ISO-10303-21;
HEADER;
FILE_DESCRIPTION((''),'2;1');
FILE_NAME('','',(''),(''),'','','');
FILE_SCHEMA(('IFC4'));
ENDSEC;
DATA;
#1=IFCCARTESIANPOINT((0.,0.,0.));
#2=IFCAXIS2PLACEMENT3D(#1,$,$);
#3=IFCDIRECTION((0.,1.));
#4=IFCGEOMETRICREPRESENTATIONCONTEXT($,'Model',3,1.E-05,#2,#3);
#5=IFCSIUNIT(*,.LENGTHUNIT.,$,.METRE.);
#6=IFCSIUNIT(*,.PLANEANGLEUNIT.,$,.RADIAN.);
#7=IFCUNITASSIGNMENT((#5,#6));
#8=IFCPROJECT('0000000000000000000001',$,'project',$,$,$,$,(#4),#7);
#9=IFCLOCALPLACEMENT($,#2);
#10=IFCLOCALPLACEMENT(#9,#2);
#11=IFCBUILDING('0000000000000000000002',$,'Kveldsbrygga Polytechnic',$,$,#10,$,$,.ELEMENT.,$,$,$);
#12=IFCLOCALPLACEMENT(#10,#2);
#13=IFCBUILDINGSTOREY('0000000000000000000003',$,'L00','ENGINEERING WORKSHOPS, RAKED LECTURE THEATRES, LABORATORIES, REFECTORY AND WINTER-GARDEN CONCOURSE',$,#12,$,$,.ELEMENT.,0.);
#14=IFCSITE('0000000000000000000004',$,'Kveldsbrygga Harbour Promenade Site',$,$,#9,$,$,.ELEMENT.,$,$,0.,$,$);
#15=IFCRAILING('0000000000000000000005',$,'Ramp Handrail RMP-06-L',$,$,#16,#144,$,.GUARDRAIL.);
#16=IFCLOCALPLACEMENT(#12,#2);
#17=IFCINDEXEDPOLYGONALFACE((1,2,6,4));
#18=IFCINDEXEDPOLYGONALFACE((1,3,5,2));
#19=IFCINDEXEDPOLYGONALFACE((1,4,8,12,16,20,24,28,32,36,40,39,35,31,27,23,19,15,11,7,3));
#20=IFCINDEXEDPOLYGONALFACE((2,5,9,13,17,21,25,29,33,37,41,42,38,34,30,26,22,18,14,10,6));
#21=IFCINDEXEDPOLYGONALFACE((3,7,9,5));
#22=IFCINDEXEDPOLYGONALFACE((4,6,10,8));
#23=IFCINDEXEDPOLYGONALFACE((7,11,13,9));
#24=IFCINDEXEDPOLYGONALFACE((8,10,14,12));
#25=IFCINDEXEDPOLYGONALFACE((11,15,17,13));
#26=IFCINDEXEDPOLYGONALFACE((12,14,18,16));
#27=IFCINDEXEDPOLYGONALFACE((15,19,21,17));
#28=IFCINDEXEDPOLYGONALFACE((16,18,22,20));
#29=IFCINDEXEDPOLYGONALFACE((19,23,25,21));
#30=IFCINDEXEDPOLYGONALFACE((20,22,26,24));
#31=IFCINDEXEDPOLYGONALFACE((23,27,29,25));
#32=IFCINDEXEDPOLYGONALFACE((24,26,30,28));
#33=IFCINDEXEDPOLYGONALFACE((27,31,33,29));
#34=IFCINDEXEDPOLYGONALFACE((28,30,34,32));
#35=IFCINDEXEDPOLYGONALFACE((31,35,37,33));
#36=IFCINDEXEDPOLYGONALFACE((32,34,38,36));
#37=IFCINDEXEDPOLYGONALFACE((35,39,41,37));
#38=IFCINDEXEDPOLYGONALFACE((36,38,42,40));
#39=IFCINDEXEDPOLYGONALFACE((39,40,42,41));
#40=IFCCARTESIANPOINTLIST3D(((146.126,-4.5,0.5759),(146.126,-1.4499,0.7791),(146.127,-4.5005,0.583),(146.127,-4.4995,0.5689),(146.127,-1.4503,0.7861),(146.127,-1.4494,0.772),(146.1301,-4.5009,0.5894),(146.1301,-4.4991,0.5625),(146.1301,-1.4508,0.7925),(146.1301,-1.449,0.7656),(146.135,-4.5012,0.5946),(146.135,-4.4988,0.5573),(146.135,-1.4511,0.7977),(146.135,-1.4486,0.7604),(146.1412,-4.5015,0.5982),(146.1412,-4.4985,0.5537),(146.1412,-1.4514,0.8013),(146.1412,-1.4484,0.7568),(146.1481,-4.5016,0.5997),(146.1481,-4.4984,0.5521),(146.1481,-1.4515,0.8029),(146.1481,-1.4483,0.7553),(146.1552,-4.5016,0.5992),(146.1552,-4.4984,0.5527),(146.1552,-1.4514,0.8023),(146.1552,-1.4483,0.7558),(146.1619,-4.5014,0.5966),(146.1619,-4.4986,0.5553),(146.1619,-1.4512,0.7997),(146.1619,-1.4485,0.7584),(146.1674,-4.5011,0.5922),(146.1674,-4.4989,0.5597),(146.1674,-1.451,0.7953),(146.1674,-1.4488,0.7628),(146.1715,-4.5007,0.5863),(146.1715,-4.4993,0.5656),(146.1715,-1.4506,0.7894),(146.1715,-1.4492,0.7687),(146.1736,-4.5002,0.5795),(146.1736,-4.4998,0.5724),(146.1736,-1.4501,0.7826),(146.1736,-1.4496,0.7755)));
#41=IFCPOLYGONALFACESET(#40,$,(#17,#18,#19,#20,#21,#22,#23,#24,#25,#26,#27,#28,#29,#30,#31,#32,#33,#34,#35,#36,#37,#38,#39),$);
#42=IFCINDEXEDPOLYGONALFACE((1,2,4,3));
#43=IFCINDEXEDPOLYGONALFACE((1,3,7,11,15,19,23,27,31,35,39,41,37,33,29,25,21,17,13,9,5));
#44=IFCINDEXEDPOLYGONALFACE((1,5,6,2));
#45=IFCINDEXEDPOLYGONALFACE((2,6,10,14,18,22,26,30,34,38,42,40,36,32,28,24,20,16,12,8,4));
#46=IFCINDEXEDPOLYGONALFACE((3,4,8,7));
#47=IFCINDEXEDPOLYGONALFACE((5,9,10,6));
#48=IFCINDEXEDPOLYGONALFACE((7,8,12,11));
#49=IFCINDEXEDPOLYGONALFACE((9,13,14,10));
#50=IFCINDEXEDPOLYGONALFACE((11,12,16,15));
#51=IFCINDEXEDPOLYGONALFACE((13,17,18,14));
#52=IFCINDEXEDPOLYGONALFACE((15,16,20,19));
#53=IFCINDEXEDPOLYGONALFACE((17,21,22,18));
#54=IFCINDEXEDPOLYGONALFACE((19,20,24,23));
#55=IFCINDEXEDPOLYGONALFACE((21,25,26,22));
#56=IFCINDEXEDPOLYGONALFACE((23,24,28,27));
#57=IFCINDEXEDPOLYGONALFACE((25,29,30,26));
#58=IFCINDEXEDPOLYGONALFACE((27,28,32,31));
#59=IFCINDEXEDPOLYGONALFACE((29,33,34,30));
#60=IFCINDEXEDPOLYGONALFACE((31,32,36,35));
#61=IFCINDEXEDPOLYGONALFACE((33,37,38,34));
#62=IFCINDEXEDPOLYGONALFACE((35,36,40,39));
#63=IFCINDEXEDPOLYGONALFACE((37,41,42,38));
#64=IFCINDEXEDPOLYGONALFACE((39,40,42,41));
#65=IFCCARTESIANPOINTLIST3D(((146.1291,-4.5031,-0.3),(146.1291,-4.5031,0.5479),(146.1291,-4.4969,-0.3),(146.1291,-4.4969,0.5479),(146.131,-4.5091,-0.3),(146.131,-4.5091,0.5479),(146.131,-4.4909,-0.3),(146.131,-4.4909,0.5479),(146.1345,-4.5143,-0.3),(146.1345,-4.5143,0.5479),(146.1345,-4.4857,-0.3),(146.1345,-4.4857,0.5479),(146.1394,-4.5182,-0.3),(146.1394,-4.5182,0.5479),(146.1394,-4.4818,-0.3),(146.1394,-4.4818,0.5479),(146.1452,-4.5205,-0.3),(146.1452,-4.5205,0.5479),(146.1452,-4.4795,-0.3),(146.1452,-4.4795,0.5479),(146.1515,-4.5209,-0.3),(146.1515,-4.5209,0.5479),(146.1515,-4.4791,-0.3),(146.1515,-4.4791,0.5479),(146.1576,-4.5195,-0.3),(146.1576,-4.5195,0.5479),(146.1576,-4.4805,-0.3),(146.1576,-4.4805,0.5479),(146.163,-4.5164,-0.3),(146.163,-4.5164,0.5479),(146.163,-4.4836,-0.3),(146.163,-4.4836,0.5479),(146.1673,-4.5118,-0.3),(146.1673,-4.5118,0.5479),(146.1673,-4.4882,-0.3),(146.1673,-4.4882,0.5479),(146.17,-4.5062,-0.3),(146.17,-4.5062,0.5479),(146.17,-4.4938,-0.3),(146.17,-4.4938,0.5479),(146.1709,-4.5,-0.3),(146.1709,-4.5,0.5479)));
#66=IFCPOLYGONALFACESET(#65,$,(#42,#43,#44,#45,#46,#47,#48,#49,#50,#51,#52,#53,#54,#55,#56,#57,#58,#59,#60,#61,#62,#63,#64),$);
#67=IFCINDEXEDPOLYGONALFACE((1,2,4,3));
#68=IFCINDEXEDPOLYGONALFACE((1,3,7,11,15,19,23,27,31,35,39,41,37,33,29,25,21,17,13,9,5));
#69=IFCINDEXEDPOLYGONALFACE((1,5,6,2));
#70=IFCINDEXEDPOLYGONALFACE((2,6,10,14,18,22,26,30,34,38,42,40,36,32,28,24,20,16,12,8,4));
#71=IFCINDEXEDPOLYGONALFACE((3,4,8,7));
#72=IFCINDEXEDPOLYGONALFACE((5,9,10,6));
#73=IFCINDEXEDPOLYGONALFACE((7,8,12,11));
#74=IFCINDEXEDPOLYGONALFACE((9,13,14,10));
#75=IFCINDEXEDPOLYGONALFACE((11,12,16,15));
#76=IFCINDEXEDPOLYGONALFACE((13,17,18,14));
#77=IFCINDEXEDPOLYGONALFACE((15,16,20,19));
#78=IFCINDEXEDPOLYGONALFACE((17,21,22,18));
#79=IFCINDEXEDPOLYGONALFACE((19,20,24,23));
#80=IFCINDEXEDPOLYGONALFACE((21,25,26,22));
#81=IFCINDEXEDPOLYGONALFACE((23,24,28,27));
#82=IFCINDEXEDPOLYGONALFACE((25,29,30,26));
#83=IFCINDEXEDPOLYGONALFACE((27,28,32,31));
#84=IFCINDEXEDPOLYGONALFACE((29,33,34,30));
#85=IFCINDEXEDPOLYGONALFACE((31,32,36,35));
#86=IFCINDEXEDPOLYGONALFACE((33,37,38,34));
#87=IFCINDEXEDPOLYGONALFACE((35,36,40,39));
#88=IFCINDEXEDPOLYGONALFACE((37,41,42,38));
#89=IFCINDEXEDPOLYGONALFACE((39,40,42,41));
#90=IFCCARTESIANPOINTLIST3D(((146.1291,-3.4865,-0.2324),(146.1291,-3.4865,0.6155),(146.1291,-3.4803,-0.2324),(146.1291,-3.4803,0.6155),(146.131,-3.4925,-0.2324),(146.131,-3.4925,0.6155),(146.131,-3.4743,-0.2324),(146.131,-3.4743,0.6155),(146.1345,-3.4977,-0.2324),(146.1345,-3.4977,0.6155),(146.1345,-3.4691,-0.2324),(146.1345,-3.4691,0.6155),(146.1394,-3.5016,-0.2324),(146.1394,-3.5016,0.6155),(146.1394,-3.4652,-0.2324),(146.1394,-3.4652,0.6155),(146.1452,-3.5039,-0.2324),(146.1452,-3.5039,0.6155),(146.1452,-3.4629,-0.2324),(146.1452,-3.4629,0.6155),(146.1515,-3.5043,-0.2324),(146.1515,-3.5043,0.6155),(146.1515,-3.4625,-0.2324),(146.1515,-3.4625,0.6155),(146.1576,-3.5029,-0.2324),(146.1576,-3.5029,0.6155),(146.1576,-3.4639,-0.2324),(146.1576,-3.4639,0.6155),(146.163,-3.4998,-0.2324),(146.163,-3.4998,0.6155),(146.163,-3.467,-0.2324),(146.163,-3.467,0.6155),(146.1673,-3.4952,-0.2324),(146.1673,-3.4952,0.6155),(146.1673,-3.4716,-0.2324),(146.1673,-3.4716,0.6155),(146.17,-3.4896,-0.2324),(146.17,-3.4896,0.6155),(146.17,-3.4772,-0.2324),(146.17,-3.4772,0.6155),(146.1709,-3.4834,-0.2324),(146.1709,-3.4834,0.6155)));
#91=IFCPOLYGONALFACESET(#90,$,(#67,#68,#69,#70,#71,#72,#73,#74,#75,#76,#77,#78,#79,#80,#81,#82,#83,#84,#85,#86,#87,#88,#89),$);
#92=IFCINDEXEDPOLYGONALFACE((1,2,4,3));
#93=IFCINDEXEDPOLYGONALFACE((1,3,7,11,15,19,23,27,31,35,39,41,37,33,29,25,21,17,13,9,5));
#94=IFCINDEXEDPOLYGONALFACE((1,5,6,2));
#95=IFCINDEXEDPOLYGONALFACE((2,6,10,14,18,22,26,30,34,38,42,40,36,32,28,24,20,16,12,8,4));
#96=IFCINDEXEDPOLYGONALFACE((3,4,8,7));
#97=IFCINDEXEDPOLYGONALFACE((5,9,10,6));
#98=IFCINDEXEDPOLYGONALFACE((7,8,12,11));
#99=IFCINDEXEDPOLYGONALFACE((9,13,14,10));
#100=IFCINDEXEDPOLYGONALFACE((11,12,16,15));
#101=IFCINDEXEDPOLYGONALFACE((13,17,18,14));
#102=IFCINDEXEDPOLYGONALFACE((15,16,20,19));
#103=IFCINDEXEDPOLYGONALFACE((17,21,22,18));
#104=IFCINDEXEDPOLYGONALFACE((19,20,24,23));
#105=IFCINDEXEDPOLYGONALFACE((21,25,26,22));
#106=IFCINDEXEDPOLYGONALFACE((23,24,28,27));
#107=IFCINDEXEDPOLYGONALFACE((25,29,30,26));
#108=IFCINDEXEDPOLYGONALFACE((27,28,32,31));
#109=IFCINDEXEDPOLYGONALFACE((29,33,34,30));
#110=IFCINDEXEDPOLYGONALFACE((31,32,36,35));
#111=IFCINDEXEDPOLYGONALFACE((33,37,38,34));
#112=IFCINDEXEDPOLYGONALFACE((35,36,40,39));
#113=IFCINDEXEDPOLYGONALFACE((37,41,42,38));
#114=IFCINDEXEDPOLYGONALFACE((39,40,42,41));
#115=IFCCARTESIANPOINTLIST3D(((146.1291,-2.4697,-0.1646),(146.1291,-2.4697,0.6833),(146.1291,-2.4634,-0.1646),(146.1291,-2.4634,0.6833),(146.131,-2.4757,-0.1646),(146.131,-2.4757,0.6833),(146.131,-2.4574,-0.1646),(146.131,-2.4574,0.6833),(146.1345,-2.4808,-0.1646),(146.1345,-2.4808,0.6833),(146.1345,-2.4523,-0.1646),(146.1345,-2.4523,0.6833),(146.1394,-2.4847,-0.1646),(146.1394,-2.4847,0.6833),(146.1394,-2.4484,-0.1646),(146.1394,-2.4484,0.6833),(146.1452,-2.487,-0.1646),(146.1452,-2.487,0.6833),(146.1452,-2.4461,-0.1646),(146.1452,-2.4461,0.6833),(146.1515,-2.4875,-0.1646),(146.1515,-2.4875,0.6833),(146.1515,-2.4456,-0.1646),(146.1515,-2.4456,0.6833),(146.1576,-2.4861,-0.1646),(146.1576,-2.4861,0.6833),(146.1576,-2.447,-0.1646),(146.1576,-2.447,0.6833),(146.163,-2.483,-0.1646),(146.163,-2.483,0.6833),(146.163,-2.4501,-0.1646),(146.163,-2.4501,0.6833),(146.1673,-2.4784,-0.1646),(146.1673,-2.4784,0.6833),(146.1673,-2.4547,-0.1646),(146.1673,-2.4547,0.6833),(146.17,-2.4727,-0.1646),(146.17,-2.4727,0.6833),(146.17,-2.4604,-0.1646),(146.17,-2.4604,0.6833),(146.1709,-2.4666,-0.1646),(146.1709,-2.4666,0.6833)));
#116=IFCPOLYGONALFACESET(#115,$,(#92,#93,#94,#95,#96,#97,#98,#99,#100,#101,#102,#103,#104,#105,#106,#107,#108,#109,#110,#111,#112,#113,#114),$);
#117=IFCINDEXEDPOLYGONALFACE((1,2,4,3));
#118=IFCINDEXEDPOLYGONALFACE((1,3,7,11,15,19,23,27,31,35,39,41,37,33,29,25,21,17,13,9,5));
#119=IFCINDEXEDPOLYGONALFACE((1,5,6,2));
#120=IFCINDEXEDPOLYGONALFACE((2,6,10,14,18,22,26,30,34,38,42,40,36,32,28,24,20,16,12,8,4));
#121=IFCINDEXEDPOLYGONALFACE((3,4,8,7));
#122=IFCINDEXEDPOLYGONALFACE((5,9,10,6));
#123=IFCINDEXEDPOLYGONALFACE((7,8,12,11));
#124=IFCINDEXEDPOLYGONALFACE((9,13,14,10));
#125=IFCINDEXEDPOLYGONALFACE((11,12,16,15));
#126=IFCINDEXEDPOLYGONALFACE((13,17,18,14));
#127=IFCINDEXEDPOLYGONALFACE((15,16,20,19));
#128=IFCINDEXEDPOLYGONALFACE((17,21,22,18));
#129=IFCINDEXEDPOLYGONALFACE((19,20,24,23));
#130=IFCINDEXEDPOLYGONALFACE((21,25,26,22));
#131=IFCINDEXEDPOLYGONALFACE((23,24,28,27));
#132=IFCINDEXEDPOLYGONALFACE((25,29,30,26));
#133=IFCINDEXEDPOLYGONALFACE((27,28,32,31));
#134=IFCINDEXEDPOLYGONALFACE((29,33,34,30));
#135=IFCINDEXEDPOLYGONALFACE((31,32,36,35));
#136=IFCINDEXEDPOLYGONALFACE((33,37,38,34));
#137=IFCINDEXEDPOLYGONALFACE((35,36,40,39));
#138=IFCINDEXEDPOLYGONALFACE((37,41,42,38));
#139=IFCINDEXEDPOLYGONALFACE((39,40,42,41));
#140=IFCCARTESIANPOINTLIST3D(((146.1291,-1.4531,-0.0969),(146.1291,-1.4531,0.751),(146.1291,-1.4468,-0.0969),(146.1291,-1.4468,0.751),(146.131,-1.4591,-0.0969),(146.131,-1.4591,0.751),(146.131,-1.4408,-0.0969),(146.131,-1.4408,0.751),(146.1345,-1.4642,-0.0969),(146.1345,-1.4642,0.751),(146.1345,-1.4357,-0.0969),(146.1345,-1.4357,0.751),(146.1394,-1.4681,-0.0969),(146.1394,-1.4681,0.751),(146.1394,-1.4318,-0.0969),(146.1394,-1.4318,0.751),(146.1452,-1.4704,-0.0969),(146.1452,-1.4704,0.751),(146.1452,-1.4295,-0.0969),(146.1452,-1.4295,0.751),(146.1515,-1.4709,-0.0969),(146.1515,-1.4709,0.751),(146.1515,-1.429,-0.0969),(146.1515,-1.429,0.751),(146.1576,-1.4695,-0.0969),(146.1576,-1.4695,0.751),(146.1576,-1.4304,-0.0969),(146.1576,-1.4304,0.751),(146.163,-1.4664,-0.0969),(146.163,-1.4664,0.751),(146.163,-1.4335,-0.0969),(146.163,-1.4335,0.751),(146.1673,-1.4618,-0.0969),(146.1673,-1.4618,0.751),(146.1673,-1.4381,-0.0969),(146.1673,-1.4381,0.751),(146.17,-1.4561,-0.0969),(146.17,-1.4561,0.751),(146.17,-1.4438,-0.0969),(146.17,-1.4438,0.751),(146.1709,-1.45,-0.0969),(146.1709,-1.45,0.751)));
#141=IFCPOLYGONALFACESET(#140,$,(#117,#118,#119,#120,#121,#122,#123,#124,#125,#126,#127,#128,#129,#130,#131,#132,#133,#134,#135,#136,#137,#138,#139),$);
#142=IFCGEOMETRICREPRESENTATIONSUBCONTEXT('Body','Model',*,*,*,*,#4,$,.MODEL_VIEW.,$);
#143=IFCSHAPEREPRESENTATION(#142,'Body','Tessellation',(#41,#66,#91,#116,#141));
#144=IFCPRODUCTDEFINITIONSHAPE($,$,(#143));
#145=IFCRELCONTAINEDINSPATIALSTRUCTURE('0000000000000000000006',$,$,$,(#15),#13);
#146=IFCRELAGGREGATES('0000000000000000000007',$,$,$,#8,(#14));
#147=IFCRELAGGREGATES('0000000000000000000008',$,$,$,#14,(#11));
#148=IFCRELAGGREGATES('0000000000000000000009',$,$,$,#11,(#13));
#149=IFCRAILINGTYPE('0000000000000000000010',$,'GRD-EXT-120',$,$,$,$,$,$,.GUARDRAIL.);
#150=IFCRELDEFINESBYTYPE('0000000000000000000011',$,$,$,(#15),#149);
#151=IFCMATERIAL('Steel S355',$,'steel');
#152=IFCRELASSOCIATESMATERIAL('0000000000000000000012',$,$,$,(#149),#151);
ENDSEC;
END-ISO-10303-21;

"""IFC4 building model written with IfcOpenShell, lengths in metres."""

from ifc_helpers import new_model, si_unit, direction, frame, origin, origin_2d, place, context, subcontext, project, spatial, circle, extrude, material, type_object, element, save


model = new_model("IFC4")

# Units and contexts
model_context = context("Model", 3, precision=1e-05, world=origin(), true_north=direction((0.0, 1.0)))
body_context = subcontext(model_context, "Body", "Model", "MODEL_VIEW")
ifc_project = project(units=[si_unit("LENGTHUNIT", "METRE"), si_unit("PLANEANGLEUNIT", "RADIAN")], contexts=[model_context])

# Site, building, storey
site_placement = place(None, origin())
site = spatial("IfcSite", under=ifc_project, at=site_placement, Name="Kveldsbrygga Harbour Promenade Site", CompositionType="ELEMENT", RefElevation=0.0)
building_placement = place(site_placement, origin())
building = spatial("IfcBuilding", under=site, at=building_placement, Name="Kveldsbrygga Polytechnic", CompositionType="ELEMENT")
storey_placement = place(building_placement, origin())
storey = spatial("IfcBuildingStorey", under=building, at=storey_placement, Name="L00", Description="ENGINEERING WORKSHOPS, RAKED LECTURE THEATRES, LABORATORIES, REFECTORY AND WINTER-GARDEN CONCOURSE", CompositionType="ELEMENT", Elevation=0.0)

# Shared definitions
ifc_material_1 = material(Name="Steel S355", Category="steel")

# Railing
railing_type = type_object("IfcRailingType", Name="GRD-EXT-120", PredefinedType="GUARDRAIL", material=ifc_material_1)
for number, where, name in (
    (1, (146.1499, -4.5, -0.3), "Ramp Handrail RMP-06-L"),
):
    element("IfcRailing", number, at=place(storey_placement, frame(where)), inside=storey, type_object=railing_type, Name=name, PredefinedType="GUARDRAIL", context=body_context, shape_type="SweptSolid", body=[
        extrude(circle(Radius=0.0239, at=origin_2d()), frame((0.0, 0.0, 0.876), z_axis=(0.0, 0.99779, 0.06645), x_axis=(-1.0, 0.0, 0.0)), (0.0, 0.0, 1.0), 3.0569),
        extrude(circle(Radius=0.021, at=origin_2d()), origin(), (0.0, 0.0, 1.0), 0.8479),
        extrude(circle(Radius=0.021, at=origin_2d()), frame((0.0, 1.0166, 0.0676)), (0.0, 0.0, 1.0), 0.8479),
        extrude(circle(Radius=0.021, at=origin_2d()), frame((0.0, 2.0334, 0.1355)), (0.0, 0.0, 1.0), 0.8479),
        extrude(circle(Radius=0.021, at=origin_2d()), frame((0.0, 3.05, 0.2031)), (0.0, 0.0, 1.0), 0.8479),
    ])

save(model, "model.ifc")
